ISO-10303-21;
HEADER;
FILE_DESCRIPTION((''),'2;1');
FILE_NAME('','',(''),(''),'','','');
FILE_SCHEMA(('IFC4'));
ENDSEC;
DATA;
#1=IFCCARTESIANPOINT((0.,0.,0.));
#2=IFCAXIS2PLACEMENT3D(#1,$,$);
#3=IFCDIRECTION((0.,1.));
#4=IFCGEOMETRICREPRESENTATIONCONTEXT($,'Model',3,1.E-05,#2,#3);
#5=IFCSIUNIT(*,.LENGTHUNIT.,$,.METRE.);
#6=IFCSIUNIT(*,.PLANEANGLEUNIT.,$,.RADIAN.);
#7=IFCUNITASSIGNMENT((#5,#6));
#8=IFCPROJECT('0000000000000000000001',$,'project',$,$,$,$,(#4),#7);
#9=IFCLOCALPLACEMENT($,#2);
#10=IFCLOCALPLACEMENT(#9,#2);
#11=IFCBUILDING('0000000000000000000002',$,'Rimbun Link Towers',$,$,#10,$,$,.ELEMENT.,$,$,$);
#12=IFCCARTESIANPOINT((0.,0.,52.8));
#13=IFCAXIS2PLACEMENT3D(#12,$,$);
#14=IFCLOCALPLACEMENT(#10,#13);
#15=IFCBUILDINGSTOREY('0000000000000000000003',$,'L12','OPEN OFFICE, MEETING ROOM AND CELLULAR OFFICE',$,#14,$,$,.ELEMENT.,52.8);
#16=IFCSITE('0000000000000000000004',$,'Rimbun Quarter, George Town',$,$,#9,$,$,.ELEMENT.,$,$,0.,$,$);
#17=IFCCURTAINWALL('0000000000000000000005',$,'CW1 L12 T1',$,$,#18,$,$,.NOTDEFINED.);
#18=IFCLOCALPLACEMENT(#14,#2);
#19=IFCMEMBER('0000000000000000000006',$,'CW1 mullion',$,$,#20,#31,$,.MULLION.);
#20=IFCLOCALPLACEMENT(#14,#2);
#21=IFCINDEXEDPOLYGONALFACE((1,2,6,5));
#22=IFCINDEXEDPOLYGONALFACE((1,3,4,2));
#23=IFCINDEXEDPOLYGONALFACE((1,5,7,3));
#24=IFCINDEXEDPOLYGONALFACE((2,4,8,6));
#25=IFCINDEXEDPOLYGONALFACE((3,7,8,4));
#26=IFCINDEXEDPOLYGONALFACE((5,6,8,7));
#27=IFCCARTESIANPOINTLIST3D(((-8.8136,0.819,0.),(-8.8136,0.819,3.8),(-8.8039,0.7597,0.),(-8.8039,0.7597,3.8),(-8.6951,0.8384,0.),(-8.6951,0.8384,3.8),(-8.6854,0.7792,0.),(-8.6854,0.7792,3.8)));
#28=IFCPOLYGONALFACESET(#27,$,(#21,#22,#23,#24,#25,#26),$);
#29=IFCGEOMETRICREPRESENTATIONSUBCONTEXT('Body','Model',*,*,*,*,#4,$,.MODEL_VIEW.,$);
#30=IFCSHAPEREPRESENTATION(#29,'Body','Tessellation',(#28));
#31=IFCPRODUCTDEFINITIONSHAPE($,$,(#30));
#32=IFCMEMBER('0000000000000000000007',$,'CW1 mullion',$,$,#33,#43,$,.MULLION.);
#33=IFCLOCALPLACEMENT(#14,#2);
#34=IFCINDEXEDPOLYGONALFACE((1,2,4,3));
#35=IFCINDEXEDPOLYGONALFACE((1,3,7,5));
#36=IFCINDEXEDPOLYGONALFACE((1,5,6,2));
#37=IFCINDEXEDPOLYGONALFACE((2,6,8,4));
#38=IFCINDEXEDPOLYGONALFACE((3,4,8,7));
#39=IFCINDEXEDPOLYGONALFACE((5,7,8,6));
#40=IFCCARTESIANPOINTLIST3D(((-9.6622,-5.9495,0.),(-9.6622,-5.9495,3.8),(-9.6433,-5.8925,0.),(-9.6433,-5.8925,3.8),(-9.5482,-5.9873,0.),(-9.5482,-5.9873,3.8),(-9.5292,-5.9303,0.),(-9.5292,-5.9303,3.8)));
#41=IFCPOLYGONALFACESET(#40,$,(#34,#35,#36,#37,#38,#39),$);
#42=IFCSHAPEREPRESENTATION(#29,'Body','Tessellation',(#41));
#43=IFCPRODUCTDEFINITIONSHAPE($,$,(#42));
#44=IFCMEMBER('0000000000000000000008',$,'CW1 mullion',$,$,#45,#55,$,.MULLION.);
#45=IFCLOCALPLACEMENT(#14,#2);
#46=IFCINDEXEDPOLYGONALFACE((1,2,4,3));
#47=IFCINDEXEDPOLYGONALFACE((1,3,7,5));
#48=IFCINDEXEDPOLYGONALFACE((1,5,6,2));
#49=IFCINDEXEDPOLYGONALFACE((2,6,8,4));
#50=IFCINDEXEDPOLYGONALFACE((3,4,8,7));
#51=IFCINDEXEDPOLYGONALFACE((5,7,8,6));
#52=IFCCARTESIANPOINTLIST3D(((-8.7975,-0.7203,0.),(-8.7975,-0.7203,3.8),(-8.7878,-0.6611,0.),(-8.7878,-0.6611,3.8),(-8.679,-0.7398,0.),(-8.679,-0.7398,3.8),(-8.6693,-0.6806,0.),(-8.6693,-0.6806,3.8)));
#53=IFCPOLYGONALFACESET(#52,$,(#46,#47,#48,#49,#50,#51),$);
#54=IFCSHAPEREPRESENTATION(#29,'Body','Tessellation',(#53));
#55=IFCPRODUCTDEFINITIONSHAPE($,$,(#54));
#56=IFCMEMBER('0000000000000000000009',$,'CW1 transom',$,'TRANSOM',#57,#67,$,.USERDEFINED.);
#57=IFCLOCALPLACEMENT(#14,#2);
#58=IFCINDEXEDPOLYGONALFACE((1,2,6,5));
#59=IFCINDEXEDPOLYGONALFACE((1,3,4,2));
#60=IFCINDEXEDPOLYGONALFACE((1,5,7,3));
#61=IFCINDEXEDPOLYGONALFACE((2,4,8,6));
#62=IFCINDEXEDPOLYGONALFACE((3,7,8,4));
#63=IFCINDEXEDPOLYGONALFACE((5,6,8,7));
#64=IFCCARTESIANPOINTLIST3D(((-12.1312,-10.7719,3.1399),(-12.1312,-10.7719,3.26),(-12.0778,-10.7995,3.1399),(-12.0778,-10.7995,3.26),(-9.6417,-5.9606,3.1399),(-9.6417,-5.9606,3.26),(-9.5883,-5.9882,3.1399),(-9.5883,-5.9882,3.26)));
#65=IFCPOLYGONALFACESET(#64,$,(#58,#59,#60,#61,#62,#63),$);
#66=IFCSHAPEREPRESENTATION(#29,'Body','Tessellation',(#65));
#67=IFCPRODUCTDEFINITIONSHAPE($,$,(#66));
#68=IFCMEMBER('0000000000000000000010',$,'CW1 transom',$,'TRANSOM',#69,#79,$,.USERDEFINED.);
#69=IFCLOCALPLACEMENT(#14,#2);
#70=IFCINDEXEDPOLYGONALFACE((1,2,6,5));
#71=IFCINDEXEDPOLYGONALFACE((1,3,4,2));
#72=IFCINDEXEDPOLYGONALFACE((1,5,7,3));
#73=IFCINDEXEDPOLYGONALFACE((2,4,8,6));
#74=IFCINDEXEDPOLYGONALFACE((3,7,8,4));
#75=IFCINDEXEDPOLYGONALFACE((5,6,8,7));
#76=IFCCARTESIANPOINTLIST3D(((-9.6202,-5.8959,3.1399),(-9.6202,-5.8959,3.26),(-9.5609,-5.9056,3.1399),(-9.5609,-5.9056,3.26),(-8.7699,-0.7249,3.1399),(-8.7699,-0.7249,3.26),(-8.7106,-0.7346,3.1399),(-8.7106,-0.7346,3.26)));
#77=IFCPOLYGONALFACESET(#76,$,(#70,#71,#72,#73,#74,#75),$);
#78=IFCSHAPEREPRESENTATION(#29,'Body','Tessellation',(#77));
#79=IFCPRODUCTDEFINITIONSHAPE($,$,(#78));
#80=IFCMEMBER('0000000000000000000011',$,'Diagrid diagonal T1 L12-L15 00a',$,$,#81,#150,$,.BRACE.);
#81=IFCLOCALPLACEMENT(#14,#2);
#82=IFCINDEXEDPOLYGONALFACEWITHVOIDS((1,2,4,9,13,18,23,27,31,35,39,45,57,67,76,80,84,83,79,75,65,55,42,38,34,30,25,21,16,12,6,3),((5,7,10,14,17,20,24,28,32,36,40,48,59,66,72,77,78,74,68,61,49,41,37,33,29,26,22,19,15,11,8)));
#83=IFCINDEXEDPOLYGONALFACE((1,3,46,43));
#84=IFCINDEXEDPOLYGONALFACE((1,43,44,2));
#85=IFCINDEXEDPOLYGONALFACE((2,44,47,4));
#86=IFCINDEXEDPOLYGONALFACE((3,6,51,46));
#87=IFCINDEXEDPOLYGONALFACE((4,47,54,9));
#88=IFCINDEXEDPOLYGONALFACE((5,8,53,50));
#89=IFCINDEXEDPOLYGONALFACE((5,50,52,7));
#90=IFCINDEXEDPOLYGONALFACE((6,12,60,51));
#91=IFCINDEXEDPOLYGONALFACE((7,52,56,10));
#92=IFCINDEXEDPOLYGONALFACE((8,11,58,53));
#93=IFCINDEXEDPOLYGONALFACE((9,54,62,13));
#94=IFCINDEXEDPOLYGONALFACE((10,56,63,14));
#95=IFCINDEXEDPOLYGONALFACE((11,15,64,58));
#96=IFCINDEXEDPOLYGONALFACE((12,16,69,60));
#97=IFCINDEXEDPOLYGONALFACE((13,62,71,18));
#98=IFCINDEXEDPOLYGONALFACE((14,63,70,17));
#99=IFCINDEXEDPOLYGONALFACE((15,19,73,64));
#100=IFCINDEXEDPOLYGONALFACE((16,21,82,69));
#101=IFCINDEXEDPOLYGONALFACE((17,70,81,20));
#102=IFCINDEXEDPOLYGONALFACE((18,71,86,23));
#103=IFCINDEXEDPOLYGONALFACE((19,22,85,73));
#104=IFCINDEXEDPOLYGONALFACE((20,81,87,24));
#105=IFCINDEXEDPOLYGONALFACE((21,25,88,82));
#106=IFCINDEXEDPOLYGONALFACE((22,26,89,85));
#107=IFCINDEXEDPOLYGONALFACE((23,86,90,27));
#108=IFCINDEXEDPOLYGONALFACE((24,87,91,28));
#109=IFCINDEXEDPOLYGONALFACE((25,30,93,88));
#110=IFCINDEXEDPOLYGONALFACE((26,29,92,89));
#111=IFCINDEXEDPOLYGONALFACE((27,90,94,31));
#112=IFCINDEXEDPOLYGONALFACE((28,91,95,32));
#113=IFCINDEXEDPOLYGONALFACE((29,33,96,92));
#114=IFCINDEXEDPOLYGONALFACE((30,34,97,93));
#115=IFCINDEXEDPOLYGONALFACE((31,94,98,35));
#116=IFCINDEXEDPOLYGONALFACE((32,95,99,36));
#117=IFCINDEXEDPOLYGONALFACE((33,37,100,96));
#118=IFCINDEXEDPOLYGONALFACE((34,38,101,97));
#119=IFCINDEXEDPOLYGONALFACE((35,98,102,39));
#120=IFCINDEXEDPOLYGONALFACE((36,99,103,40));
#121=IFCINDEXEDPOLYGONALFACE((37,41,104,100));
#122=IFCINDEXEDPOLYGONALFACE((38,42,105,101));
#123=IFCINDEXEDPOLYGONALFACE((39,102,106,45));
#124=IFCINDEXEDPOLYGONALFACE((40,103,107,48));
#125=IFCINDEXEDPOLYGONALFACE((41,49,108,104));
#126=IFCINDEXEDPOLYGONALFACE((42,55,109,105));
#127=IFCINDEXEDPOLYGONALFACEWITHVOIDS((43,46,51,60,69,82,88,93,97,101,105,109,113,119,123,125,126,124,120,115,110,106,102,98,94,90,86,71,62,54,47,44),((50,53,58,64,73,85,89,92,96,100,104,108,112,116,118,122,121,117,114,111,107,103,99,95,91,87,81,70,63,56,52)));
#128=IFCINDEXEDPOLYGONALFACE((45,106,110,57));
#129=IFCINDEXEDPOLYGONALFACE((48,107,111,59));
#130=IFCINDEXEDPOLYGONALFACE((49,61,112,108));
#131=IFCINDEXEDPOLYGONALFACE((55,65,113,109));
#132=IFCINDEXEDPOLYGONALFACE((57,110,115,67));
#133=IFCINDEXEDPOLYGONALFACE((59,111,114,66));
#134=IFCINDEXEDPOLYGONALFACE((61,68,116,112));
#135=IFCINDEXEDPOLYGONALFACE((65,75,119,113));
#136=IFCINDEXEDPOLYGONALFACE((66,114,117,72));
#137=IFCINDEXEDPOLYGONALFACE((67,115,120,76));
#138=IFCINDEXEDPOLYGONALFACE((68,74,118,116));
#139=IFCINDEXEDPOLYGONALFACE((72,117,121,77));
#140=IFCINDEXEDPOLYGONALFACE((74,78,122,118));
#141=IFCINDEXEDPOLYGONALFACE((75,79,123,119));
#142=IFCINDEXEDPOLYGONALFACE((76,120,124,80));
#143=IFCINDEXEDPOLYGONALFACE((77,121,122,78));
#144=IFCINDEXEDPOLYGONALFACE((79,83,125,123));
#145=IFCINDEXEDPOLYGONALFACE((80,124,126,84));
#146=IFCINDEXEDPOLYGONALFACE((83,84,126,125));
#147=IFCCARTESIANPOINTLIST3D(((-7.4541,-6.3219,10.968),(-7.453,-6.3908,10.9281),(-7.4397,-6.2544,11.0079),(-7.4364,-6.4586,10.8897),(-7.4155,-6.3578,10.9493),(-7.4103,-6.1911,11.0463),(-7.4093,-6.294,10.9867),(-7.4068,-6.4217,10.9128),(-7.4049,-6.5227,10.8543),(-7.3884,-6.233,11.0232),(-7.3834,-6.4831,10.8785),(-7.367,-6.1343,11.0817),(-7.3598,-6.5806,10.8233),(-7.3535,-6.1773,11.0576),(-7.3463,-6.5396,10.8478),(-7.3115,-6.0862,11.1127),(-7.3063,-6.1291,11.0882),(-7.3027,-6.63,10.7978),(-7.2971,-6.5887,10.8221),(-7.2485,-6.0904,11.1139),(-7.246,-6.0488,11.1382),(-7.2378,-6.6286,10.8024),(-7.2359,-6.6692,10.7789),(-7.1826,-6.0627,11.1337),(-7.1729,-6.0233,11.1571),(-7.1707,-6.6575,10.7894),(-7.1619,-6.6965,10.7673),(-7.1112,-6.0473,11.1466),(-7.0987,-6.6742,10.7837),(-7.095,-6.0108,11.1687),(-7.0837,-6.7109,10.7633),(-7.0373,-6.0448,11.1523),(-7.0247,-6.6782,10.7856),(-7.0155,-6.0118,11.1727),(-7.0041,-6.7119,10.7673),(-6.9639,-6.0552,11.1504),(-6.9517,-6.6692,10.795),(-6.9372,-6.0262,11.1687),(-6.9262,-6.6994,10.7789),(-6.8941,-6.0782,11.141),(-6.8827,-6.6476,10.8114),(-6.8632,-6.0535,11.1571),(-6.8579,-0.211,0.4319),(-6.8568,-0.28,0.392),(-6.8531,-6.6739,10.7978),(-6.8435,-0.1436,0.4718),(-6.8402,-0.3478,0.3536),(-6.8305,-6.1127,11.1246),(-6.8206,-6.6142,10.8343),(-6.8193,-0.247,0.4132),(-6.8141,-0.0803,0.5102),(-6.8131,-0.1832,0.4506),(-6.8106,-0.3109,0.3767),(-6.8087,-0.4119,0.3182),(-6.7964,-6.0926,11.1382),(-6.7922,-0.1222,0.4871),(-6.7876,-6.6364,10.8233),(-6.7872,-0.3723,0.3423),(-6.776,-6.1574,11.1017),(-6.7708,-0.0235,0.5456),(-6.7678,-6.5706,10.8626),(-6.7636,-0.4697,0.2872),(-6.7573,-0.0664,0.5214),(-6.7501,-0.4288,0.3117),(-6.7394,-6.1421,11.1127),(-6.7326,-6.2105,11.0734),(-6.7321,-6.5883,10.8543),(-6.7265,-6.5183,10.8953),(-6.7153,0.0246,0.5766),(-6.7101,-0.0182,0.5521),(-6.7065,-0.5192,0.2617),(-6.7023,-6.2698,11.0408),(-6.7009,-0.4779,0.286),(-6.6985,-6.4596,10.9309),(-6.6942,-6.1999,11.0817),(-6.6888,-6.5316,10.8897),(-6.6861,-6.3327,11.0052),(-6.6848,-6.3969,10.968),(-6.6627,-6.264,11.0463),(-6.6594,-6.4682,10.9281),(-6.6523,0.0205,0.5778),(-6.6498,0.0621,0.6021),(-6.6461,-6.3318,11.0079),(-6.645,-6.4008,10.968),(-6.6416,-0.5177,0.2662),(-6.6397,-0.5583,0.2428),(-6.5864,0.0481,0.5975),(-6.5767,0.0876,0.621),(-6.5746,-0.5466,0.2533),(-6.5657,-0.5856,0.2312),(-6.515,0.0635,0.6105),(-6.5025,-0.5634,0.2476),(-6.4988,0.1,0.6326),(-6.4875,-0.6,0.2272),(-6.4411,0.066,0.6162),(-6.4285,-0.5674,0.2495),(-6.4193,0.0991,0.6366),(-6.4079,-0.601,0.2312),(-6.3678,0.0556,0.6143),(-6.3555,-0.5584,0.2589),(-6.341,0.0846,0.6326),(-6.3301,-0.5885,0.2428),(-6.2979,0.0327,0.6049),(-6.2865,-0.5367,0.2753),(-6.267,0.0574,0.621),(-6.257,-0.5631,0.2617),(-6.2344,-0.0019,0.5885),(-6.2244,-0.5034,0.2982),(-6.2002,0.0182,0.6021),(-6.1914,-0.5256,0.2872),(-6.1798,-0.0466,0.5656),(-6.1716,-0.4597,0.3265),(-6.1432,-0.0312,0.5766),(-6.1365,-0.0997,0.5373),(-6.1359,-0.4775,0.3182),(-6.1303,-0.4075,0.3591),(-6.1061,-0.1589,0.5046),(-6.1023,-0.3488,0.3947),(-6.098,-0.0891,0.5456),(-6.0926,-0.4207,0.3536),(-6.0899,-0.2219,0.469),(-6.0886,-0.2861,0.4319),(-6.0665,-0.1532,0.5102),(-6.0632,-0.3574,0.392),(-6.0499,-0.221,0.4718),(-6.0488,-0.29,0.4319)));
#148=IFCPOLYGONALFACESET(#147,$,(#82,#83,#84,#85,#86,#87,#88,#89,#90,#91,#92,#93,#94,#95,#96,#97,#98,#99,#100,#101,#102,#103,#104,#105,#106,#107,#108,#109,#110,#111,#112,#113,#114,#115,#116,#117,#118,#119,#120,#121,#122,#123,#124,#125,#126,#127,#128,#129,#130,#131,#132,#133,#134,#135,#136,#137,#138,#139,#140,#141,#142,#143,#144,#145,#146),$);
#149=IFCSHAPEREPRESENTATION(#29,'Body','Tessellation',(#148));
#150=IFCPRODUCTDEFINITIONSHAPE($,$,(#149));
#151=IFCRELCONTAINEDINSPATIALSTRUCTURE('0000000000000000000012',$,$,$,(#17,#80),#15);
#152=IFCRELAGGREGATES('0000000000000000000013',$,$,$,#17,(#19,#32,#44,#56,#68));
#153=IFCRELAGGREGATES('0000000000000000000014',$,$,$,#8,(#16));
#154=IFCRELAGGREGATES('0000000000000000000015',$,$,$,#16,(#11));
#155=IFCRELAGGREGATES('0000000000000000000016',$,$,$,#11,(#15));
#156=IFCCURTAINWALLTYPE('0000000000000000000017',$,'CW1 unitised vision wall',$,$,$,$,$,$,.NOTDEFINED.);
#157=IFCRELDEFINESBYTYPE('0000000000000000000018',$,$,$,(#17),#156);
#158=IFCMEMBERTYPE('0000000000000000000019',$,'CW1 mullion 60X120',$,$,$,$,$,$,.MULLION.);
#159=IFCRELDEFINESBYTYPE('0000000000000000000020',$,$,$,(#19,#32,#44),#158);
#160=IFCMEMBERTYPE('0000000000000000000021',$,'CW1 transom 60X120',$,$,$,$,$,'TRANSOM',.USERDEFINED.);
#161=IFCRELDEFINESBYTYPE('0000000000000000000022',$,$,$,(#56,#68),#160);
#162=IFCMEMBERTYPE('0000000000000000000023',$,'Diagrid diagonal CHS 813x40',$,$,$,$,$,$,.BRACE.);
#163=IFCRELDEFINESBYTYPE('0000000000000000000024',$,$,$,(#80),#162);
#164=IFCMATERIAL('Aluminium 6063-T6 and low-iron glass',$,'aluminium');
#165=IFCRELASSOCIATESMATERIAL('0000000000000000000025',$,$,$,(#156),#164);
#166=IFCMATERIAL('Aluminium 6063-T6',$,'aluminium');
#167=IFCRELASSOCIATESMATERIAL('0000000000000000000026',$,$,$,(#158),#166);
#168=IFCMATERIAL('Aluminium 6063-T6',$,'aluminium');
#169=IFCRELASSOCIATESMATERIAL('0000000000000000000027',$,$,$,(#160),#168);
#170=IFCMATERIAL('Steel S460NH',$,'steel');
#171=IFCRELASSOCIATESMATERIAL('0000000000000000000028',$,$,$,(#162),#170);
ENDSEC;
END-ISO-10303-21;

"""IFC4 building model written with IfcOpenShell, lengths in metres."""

from ifc_helpers import new_model, si_unit, direction, frame, origin, origin_2d, place, context, subcontext, project, spatial, rectangle, hollow_circle, extrude, material, material_profile, profile_set, type_object, element, aggregate, save


model = new_model("IFC4")

# Units and contexts
model_context = context("Model", 3, precision=1e-05, world=origin(), true_north=direction((0.0, 1.0)))
body_context = subcontext(model_context, "Body", "Model", "MODEL_VIEW")
ifc_project = project(units=[si_unit("LENGTHUNIT", "METRE"), si_unit("PLANEANGLEUNIT", "RADIAN")], contexts=[model_context])

# Site, building, storey
site_placement = place(None, origin())
site = spatial("IfcSite", under=ifc_project, at=site_placement, Name="Rimbun Quarter, George Town", CompositionType="ELEMENT", RefElevation=0.0)
building_placement = place(site_placement, origin())
building = spatial("IfcBuilding", under=site, at=building_placement, Name="Rimbun Link Towers", CompositionType="ELEMENT")
storey_placement = place(building_placement, frame((0.0, 0.0, 52.8)))
storey = spatial("IfcBuildingStorey", under=building, at=storey_placement, Name="L12", Description="OPEN OFFICE, MEETING ROOM AND CELLULAR OFFICE", CompositionType="ELEMENT", Elevation=52.8)

# Curtain wall, members
ifc_material_1 = material(Name="Aluminium 6063-T6 and low-iron glass", Category="aluminium")
curtain_wall_type = type_object("IfcCurtainWallType", Name="CW1 unitised vision wall", PredefinedType="NOTDEFINED", material=ifc_material_1)
curtain_wall_placement = place(storey_placement, origin())
curtain_wall = element("IfcCurtainWall", 1, at=curtain_wall_placement, inside=storey, type_object=curtain_wall_type, Name="CW1 L12 T1", PredefinedType="NOTDEFINED")
ifc_material_2 = material(Name="Aluminium 6063-T6", Category="aluminium")
ifc_material_profile_1 = material_profile(ifc_material_2, rectangle(XDim=0.1201, YDim=0.0601, at=origin_2d()), Name="MULLION 60X120")
ifc_profile_set_1 = profile_set([ifc_material_profile_1], Name="Aluminium 6063-T6")
member_type_1 = type_object("IfcMemberType", Name="CW1 mullion 60X120", PredefinedType="MULLION", material=ifc_profile_set_1)
member_1_placement = place(storey_placement, frame((-8.7495, 0.7991, 0.0), z_axis=(0.0, 0.0, 1.0), x_axis=(0.986747, 0.162269, 0.0)))
member_1 = element("IfcMember", 2, at=member_1_placement, type_object=member_type_1, Name="CW1 mullion", PredefinedType="MULLION", context=body_context, shape_type="SweptSolid", body=[
    extrude(rectangle(XDim=0.1201, YDim=0.0601, at=origin_2d()), origin(), (0.0, 0.0, 1.0), 3.8),
])
member_2_placement = place(storey_placement, frame((-9.5957, -5.9399, 0.0), z_axis=(0.0, 0.0, 1.0), x_axis=(0.949162, -0.314789, 0.0)))
member_2 = element("IfcMember", 3, at=member_2_placement, type_object=member_type_1, Name="CW1 mullion", PredefinedType="MULLION", context=body_context, shape_type="SweptSolid", body=[
    extrude(rectangle(XDim=0.1201, YDim=0.0601, at=origin_2d()), origin(), (0.0, 0.0, 1.0), 3.8),
])
member_3_placement = place(storey_placement, frame((-8.7334, -0.7004, 0.0), z_axis=(0.0, 0.0, 1.0), x_axis=(0.986747, -0.162269, 0.0)))
member_3 = element("IfcMember", 4, at=member_3_placement, type_object=member_type_1, Name="CW1 mullion", PredefinedType="MULLION", context=body_context, shape_type="SweptSolid", body=[
    extrude(rectangle(XDim=0.1201, YDim=0.0601, at=origin_2d()), origin(), (0.0, 0.0, 1.0), 3.8),
])
ifc_material_3 = material(Name="Aluminium 6063-T6", Category="aluminium")
ifc_material_profile_2 = material_profile(ifc_material_3, rectangle(XDim=0.0601, YDim=0.1201, at=origin_2d()), Name="TRANSOM 60X120")
ifc_profile_set_2 = profile_set([ifc_material_profile_2], Name="Aluminium 6063-T6")
member_type_2 = type_object("IfcMemberType", Name="CW1 transom 60X120", ElementType="TRANSOM", PredefinedType="USERDEFINED", material=ifc_profile_set_2)
member_4_placement = place(storey_placement, frame((-9.615, -5.9744, 3.2), z_axis=(-0.459555, -0.888149, 0.0), x_axis=(0.888149, -0.459555, 0.0)))
member_4 = element("IfcMember", 5, at=member_4_placement, type_object=member_type_2, Name="CW1 transom", ObjectType="TRANSOM", PredefinedType="USERDEFINED", context=body_context, shape_type="SweptSolid", body=[
    extrude(rectangle(XDim=0.0601, YDim=0.1201, at=origin_2d()), origin(), (0.0, 0.0, 1.0), 5.4172),
])
member_5_placement = place(storey_placement, frame((-8.7402, -0.7297, 3.2), z_axis=(-0.162261, -0.986748, 0.0), x_axis=(0.986748, -0.162261, 0.0)))
member_5 = element("IfcMember", 6, at=member_5_placement, type_object=member_type_2, Name="CW1 transom", ObjectType="TRANSOM", PredefinedType="USERDEFINED", context=body_context, shape_type="SweptSolid", body=[
    extrude(rectangle(XDim=0.0601, YDim=0.1201, at=origin_2d()), origin(), (0.0, 0.0, 1.0), 5.2405),
])

# Member
ifc_material_4 = material(Name="Steel S460NH", Category="steel")
ifc_material_profile_3 = material_profile(ifc_material_4, hollow_circle(Radius=0.4065, WallThickness=0.04, at=origin_2d()), Name="Diagrid diagonal CHS 813x40")
ifc_profile_set_3 = profile_set([ifc_material_profile_3], Name="Steel S460NH")
member_type_3 = type_object("IfcMemberType", Name="Diagrid diagonal CHS 813x40", PredefinedType="BRACE", material=ifc_profile_set_3)
for number, where, z_axis, x_axis, name in (
    (7, (-6.4534, -0.2505, 0.4319), (-0.04889, -0.501111, 0.864001), (0.995274, -0.097102, 0.0), "Diagrid diagonal T1 L12-L15 00a"),
):
    element("IfcMember", number, at=place(storey_placement, frame(where, z_axis=z_axis, x_axis=x_axis)), inside=storey, type_object=member_type_3, Name=name, PredefinedType="BRACE", context=body_context, shape_type="SweptSolid", body=[
        extrude(hollow_circle(Radius=0.4065, WallThickness=0.04, at=origin_2d()), origin(), (0.0, 0.0, 1.0), 12.1946),
    ])

aggregate(curtain_wall, [member_1, member_2, member_3, member_4, member_5])

save(model, "model.ifc")
